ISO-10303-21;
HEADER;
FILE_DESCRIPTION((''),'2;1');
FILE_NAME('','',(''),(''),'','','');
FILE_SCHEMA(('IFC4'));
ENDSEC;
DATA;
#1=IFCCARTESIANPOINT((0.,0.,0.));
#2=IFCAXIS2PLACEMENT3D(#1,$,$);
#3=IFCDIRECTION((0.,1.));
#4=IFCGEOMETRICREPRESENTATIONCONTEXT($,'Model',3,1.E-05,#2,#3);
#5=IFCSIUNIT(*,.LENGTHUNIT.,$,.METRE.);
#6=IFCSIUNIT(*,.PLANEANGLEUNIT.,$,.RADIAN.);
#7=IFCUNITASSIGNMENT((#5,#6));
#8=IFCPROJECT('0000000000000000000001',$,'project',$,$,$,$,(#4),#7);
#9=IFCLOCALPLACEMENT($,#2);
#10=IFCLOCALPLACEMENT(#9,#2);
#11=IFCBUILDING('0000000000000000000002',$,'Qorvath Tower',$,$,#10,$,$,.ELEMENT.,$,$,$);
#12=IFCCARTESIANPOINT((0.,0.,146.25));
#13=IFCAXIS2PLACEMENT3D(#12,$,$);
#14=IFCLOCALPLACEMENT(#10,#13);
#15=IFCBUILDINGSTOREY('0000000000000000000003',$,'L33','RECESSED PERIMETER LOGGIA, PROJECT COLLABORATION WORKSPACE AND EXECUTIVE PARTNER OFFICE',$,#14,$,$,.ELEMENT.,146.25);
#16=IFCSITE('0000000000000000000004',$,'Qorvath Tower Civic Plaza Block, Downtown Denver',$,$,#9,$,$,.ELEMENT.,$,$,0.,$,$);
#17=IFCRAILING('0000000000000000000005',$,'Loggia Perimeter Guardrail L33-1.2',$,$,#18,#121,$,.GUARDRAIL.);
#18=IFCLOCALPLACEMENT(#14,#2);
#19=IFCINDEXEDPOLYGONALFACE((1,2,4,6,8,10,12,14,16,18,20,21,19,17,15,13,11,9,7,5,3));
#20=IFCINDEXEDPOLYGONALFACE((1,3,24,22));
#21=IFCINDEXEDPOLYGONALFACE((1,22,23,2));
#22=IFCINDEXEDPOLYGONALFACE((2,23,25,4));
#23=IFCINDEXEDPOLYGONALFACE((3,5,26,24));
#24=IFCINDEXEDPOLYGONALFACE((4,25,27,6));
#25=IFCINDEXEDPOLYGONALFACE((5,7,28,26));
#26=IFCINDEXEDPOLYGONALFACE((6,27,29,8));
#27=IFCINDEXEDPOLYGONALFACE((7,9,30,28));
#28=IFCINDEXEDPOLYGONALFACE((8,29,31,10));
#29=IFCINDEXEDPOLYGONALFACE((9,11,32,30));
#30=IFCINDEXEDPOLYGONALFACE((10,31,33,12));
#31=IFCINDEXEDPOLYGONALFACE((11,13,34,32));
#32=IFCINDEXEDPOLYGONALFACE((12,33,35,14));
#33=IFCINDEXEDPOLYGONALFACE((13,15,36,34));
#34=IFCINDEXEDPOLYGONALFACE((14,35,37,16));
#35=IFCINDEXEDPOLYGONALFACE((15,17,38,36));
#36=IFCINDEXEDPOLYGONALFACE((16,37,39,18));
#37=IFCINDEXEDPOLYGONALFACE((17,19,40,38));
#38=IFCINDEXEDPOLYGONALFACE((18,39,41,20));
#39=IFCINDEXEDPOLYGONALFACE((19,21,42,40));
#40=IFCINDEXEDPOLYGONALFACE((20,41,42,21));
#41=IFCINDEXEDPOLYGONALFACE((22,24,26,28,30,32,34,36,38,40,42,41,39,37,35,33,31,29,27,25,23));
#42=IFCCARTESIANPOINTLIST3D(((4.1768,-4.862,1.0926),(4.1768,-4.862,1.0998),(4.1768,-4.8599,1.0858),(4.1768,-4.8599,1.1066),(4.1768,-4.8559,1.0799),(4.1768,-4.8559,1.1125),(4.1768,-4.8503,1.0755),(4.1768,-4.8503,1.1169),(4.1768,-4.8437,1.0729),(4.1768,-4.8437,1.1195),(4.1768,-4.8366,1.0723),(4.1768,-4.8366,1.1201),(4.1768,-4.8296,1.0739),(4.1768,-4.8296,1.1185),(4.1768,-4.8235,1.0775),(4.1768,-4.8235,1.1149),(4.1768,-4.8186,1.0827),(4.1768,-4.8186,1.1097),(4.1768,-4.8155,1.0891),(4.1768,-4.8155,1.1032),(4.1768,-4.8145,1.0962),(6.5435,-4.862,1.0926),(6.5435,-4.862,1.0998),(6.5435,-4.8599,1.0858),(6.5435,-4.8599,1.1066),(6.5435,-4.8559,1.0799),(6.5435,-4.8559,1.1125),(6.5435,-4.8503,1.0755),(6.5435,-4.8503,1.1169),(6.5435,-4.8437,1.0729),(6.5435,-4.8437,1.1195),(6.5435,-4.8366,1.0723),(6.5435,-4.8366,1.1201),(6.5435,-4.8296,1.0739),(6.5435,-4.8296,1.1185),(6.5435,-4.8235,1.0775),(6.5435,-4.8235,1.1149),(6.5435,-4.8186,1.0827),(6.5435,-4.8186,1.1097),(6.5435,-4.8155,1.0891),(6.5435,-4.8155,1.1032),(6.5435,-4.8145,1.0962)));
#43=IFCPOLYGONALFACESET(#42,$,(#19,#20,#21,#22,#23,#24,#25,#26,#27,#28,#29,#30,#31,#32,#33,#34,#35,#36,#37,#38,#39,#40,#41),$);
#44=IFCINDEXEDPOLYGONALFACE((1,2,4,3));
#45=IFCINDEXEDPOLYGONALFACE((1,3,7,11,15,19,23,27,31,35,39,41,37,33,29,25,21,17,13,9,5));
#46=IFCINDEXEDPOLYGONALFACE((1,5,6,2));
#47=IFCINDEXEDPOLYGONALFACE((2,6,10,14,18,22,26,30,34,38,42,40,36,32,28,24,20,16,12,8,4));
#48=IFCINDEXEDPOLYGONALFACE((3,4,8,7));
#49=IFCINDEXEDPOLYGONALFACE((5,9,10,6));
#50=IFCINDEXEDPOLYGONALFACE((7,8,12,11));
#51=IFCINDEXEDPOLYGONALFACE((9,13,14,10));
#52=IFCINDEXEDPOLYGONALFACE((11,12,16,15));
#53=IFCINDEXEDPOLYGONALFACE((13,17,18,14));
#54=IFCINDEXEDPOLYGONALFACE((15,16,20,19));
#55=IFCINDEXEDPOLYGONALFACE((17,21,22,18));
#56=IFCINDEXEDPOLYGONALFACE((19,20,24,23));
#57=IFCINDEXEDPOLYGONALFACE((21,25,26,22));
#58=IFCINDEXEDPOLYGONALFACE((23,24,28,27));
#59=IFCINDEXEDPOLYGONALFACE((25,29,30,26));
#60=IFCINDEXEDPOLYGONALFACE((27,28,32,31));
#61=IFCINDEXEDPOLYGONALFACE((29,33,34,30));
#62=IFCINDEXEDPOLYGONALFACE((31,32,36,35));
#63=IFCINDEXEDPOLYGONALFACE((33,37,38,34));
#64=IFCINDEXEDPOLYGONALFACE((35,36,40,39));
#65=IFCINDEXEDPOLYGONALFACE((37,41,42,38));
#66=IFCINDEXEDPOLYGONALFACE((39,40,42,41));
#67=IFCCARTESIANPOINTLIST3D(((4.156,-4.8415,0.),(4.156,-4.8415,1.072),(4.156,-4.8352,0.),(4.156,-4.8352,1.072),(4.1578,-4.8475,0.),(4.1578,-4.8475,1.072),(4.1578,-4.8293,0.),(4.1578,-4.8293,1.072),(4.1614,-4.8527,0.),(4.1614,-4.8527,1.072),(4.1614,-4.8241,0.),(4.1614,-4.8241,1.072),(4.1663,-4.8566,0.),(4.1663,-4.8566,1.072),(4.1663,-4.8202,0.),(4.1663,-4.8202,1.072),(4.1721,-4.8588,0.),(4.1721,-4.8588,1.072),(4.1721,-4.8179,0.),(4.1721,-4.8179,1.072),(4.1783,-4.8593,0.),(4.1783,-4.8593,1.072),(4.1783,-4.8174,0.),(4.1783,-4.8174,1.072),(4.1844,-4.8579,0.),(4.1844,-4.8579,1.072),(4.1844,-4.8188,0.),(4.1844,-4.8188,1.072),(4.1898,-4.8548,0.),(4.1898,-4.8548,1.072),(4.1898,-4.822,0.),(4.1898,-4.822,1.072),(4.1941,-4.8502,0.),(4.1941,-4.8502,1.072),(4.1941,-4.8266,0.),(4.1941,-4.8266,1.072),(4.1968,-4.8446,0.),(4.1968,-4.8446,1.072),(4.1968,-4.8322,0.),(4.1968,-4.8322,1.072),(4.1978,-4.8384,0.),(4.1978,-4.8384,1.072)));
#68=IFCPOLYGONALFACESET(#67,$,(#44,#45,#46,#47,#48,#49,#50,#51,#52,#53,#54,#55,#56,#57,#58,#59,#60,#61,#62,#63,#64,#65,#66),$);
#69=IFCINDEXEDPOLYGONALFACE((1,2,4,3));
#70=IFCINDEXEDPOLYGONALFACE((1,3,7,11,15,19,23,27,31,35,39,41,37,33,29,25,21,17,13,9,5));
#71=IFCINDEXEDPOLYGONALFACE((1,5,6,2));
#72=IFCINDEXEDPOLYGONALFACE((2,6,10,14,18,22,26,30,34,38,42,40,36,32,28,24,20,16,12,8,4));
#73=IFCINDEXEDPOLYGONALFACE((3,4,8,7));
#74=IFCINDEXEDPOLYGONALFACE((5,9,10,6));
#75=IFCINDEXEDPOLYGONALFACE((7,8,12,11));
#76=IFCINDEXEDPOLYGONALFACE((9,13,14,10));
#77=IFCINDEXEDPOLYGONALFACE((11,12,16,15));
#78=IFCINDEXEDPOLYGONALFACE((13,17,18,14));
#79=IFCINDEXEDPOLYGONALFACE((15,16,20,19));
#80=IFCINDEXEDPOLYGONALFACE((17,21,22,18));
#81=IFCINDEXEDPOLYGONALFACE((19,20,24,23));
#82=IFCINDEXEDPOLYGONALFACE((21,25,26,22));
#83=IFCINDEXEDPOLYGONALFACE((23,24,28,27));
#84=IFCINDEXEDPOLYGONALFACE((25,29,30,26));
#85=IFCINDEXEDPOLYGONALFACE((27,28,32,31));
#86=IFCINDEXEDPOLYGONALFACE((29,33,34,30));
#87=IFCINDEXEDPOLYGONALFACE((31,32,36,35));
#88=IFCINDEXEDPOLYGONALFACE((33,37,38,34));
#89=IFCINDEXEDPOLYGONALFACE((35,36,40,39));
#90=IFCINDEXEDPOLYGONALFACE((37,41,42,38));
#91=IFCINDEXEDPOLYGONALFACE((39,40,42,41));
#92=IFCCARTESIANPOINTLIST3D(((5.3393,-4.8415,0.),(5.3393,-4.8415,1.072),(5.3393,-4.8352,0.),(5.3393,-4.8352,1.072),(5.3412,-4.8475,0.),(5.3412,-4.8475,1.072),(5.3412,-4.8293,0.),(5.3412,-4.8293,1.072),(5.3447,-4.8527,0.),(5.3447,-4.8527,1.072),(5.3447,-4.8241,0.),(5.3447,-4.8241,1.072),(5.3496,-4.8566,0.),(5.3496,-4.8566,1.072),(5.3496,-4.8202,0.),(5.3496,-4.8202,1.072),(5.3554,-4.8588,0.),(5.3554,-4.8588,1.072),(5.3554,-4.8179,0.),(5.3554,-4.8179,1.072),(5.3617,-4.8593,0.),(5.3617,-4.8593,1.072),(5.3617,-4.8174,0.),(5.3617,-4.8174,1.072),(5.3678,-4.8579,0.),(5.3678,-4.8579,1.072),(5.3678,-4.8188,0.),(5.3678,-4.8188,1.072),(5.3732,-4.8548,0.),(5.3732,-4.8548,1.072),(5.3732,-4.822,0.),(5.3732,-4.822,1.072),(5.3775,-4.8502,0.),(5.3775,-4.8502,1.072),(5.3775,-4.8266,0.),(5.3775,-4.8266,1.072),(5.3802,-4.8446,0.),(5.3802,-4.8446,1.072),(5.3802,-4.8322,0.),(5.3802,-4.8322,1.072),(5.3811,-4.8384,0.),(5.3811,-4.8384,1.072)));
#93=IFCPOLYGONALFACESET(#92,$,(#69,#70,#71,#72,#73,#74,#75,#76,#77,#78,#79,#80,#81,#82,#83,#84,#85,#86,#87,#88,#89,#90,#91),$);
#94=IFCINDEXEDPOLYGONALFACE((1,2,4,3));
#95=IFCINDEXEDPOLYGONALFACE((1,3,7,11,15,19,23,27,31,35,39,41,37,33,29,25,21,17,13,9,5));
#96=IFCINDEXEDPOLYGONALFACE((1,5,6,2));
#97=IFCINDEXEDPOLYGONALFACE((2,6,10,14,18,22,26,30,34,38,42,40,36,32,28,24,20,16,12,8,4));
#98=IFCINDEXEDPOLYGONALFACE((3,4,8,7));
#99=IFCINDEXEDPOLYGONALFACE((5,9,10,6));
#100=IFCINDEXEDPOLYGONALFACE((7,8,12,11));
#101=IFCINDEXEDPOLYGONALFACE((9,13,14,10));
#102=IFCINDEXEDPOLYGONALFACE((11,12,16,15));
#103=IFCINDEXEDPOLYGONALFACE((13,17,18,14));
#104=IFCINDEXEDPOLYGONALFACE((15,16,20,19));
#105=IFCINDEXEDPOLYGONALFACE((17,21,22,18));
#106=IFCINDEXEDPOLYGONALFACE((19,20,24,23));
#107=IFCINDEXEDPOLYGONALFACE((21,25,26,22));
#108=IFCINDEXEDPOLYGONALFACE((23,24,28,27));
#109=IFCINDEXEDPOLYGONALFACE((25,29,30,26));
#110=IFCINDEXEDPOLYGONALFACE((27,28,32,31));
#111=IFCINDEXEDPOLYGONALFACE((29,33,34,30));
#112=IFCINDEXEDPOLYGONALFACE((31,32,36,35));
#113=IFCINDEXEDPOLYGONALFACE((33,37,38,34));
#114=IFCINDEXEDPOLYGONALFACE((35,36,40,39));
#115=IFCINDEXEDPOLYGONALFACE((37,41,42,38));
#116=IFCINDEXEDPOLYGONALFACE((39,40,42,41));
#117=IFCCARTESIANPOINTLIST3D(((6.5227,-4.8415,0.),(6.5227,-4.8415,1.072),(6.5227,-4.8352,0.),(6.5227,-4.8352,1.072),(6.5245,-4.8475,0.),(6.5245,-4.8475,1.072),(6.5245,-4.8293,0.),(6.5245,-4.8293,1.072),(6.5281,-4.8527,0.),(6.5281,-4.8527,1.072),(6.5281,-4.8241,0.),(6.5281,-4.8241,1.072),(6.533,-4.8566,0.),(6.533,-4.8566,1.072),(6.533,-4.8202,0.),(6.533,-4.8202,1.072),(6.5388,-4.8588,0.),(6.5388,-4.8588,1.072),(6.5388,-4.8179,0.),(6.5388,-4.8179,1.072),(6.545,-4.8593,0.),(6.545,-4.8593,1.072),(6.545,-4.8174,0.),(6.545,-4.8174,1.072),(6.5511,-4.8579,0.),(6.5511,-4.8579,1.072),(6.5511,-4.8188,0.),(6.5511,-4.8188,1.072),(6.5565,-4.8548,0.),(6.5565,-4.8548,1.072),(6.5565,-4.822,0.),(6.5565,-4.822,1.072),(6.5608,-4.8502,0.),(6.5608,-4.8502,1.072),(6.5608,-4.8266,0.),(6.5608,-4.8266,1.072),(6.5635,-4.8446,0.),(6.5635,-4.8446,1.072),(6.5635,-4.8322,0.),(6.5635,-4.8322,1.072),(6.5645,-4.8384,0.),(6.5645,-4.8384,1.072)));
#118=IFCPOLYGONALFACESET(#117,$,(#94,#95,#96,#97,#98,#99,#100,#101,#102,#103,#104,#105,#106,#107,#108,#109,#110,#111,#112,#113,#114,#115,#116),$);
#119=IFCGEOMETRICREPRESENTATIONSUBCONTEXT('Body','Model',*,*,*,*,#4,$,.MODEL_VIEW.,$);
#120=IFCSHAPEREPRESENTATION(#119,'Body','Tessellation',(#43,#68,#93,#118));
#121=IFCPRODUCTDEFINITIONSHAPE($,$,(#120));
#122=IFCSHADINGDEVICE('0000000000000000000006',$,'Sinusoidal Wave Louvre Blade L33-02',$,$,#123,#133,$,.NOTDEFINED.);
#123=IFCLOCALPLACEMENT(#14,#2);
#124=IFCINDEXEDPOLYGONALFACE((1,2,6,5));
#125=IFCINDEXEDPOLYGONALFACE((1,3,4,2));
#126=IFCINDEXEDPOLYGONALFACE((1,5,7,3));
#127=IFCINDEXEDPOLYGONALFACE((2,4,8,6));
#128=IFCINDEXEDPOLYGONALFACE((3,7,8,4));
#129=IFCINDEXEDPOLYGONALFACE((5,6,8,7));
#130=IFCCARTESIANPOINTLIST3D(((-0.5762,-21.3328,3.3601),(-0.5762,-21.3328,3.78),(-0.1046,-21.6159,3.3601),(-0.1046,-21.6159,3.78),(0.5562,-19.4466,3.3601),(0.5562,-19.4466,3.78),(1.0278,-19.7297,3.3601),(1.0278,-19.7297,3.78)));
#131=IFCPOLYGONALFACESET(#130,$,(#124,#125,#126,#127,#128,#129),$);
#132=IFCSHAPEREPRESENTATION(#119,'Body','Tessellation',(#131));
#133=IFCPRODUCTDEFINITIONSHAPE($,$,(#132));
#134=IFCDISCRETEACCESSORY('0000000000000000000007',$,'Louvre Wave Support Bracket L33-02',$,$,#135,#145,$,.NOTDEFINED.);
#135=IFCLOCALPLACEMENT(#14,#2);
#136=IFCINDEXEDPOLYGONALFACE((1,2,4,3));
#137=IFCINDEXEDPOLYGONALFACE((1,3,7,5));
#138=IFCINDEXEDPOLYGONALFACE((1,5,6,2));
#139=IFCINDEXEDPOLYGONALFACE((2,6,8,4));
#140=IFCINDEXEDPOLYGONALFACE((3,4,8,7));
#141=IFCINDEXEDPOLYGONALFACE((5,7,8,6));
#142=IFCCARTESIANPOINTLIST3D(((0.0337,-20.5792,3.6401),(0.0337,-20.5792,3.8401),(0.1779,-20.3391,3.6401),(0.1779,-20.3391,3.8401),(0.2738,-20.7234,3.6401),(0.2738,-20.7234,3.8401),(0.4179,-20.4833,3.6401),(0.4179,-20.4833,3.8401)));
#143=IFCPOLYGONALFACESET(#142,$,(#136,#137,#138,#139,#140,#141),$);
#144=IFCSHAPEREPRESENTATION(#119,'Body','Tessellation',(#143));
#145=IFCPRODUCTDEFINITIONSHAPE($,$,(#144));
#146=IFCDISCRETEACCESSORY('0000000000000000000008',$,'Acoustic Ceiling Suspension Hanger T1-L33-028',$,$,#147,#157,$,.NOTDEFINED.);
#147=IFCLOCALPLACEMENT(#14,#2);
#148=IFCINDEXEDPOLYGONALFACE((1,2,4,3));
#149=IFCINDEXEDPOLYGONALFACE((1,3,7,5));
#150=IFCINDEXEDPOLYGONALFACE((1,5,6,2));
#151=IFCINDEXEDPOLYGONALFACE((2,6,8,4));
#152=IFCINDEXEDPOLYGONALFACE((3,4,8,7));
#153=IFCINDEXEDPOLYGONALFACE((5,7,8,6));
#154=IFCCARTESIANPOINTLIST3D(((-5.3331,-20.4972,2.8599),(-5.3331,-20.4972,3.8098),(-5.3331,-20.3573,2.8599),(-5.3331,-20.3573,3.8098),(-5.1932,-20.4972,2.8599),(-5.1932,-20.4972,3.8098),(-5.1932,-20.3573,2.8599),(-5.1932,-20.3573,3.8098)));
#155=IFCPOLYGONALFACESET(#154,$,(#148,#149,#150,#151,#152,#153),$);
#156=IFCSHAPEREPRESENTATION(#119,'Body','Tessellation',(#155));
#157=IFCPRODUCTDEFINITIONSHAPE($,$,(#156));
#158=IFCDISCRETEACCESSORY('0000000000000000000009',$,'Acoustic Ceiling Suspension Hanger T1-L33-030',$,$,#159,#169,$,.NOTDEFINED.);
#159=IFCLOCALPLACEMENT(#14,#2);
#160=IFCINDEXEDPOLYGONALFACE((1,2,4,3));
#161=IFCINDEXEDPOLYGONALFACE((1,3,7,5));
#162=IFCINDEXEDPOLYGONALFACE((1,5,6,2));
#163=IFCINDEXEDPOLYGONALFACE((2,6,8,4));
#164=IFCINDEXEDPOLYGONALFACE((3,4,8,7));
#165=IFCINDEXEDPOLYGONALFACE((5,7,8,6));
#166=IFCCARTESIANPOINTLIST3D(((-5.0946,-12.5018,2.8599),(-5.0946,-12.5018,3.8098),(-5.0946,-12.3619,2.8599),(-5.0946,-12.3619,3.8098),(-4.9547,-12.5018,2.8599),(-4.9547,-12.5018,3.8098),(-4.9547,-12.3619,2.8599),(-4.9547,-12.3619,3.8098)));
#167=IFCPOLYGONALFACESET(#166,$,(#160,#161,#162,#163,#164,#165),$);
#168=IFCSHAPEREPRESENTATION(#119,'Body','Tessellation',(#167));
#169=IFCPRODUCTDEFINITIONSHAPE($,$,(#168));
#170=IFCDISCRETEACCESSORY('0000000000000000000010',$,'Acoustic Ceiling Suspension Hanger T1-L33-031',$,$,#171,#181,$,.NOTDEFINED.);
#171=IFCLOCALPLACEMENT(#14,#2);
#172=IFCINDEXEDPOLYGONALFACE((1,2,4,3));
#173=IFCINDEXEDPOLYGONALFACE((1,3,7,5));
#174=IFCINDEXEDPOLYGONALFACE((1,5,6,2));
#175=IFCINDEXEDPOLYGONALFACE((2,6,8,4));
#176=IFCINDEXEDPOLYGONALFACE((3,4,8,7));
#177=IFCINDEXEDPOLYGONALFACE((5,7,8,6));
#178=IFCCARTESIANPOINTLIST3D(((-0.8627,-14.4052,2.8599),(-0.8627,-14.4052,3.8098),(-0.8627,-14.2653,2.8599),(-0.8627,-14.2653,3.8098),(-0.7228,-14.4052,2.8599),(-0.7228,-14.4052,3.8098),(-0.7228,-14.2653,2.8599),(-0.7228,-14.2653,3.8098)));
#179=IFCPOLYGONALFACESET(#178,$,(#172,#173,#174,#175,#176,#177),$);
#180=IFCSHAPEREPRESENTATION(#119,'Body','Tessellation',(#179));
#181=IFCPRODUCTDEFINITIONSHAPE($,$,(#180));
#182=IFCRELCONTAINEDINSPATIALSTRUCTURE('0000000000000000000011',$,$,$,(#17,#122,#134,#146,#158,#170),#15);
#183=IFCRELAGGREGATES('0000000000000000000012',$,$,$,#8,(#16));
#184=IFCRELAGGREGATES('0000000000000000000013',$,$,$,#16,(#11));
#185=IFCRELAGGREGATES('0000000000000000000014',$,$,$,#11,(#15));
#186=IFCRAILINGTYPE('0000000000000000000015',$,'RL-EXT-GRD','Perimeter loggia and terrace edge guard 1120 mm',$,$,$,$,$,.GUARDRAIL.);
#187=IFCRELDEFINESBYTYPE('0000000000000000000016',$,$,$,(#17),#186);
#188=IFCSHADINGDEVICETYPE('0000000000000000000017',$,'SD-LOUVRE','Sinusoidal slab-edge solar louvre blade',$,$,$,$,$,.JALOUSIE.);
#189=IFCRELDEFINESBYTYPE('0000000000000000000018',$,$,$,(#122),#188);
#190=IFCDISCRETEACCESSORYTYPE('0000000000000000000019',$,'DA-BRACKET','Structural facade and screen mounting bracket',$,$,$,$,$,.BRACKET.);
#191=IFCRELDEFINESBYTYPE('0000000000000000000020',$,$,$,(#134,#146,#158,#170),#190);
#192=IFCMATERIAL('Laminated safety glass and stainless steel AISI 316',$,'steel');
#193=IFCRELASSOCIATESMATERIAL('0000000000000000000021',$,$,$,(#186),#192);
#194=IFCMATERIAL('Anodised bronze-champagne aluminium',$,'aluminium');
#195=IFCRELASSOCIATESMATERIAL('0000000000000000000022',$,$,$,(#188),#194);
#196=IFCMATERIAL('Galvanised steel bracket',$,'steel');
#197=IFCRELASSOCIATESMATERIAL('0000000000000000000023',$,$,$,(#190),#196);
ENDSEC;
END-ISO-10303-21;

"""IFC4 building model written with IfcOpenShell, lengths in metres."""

from ifc_helpers import new_model, si_unit, direction, frame, origin, origin_2d, place, context, subcontext, project, spatial, rectangle, circle, extrude, material, type_object, element, save


model = new_model("IFC4")

# Units and contexts
model_context = context("Model", 3, precision=1e-05, world=origin(), true_north=direction((0.0, 1.0)))
body_context = subcontext(model_context, "Body", "Model", "MODEL_VIEW")
ifc_project = project(units=[si_unit("LENGTHUNIT", "METRE"), si_unit("PLANEANGLEUNIT", "RADIAN")], contexts=[model_context])

# Site, building, storey
site_placement = place(None, origin())
site = spatial("IfcSite", under=ifc_project, at=site_placement, Name="Qorvath Tower Civic Plaza Block, Downtown Denver", CompositionType="ELEMENT", RefElevation=0.0)
building_placement = place(site_placement, origin())
building = spatial("IfcBuilding", under=site, at=building_placement, Name="Qorvath Tower", CompositionType="ELEMENT")
storey_placement = place(building_placement, frame((0.0, 0.0, 146.25)))
storey = spatial("IfcBuildingStorey", under=building, at=storey_placement, Name="L33", Description="RECESSED PERIMETER LOGGIA, PROJECT COLLABORATION WORKSPACE AND EXECUTIVE PARTNER OFFICE", CompositionType="ELEMENT", Elevation=146.25)

# Railing
ifc_material_1 = material(Name="Laminated safety glass and stainless steel AISI 316", Category="steel")
railing_type = type_object("IfcRailingType", Name="RL-EXT-GRD", Description="Perimeter loggia and terrace edge guard 1120 mm", PredefinedType="GUARDRAIL", material=ifc_material_1)
railing_1_placement = place(storey_placement, frame((4.1768, -4.8384, 0.0)))
element("IfcRailing", 1, at=railing_1_placement, inside=storey, type_object=railing_type, Name="Loggia Perimeter Guardrail L33-1.2", PredefinedType="GUARDRAIL", context=body_context, shape_type="SweptSolid", body=[
    extrude(circle(Radius=0.0239, at=origin_2d()), frame((0.0, 0.0, 1.0962), z_axis=(1.0, 0.0, 0.0), x_axis=(0.0, 1.0, 0.0)), (0.0, 0.0, 1.0), 2.3667),
    extrude(circle(Radius=0.021, at=origin_2d()), origin(), (0.0, 0.0, 1.0), 1.072),
    extrude(circle(Radius=0.021, at=origin_2d()), frame((1.1833, 0.0, 0.0)), (0.0, 0.0, 1.0), 1.072),
    extrude(circle(Radius=0.021, at=origin_2d()), frame((2.3667, 0.0, 0.0)), (0.0, 0.0, 1.0), 1.072),
])

# Shading device
ifc_material_2 = material(Name="Anodised bronze-champagne aluminium", Category="aluminium")
shading_device_type = type_object("IfcShadingDeviceType", Name="SD-LOUVRE", Description="Sinusoidal slab-edge solar louvre blade", PredefinedType="JALOUSIE", material=ifc_material_2)
shading_device_placement = place(storey_placement, frame((0.2258, -20.5312, 3.3601), z_axis=(0.0, 0.0, 1.0), x_axis=(0.514727, 0.857354, 0.0)))
element("IfcShadingDevice", 2, at=shading_device_placement, inside=storey, type_object=shading_device_type, Name="Sinusoidal Wave Louvre Blade L33-02", PredefinedType="NOTDEFINED", context=body_context, shape_type="SweptSolid", body=[
    extrude(rectangle(XDim=2.2, YDim=0.55, at=origin_2d()), origin(), (0.0, 0.0, 1.0), 0.4199),
])

# Discrete accessories
ifc_material_3 = material(Name="Galvanised steel bracket", Category="steel")
discrete_accessory_type = type_object("IfcDiscreteAccessoryType", Name="DA-BRACKET", Description="Structural facade and screen mounting bracket", PredefinedType="BRACKET", material=ifc_material_3)
discrete_accessory_placement = place(storey_placement, frame((0.2258, -20.5312, 3.6401), z_axis=(0.0, 0.0, 1.0), x_axis=(0.514727, 0.857354, 0.0)))
element("IfcDiscreteAccessory", 3, at=discrete_accessory_placement, inside=storey, type_object=discrete_accessory_type, Name="Louvre Wave Support Bracket L33-02", PredefinedType="NOTDEFINED", context=body_context, shape_type="SweptSolid", body=[
    extrude(rectangle(XDim=0.28, YDim=0.28, at=origin_2d()), origin(), (0.0, 0.0, 1.0), 0.2),
])
for number, where, z_axis, x_axis, name in (
    (4, (-5.2632, -20.4272, 2.8599), (0.0, 0.0, 1.0), (1.0, 0.0, 0.0), "Acoustic Ceiling Suspension Hanger T1-L33-028"),
    (5, (-5.0247, -12.4319, 2.8599), (0.0, 0.0, 1.0), (1.0, 0.0, 0.0), "Acoustic Ceiling Suspension Hanger T1-L33-030"),
    (6, (-0.7927, -14.3352, 2.8599), (0.0, 0.0, 1.0), (1.0, 0.0, 0.0), "Acoustic Ceiling Suspension Hanger T1-L33-031"),
):
    element("IfcDiscreteAccessory", number, at=place(storey_placement, frame(where, z_axis=z_axis, x_axis=x_axis)), inside=storey, type_object=discrete_accessory_type, Name=name, PredefinedType="NOTDEFINED", context=body_context, shape_type="SweptSolid", body=[
        extrude(rectangle(XDim=0.1399, YDim=0.1399, at=origin_2d()), origin(), (0.0, 0.0, 1.0), 0.95),
    ])

save(model, "model.ifc")
